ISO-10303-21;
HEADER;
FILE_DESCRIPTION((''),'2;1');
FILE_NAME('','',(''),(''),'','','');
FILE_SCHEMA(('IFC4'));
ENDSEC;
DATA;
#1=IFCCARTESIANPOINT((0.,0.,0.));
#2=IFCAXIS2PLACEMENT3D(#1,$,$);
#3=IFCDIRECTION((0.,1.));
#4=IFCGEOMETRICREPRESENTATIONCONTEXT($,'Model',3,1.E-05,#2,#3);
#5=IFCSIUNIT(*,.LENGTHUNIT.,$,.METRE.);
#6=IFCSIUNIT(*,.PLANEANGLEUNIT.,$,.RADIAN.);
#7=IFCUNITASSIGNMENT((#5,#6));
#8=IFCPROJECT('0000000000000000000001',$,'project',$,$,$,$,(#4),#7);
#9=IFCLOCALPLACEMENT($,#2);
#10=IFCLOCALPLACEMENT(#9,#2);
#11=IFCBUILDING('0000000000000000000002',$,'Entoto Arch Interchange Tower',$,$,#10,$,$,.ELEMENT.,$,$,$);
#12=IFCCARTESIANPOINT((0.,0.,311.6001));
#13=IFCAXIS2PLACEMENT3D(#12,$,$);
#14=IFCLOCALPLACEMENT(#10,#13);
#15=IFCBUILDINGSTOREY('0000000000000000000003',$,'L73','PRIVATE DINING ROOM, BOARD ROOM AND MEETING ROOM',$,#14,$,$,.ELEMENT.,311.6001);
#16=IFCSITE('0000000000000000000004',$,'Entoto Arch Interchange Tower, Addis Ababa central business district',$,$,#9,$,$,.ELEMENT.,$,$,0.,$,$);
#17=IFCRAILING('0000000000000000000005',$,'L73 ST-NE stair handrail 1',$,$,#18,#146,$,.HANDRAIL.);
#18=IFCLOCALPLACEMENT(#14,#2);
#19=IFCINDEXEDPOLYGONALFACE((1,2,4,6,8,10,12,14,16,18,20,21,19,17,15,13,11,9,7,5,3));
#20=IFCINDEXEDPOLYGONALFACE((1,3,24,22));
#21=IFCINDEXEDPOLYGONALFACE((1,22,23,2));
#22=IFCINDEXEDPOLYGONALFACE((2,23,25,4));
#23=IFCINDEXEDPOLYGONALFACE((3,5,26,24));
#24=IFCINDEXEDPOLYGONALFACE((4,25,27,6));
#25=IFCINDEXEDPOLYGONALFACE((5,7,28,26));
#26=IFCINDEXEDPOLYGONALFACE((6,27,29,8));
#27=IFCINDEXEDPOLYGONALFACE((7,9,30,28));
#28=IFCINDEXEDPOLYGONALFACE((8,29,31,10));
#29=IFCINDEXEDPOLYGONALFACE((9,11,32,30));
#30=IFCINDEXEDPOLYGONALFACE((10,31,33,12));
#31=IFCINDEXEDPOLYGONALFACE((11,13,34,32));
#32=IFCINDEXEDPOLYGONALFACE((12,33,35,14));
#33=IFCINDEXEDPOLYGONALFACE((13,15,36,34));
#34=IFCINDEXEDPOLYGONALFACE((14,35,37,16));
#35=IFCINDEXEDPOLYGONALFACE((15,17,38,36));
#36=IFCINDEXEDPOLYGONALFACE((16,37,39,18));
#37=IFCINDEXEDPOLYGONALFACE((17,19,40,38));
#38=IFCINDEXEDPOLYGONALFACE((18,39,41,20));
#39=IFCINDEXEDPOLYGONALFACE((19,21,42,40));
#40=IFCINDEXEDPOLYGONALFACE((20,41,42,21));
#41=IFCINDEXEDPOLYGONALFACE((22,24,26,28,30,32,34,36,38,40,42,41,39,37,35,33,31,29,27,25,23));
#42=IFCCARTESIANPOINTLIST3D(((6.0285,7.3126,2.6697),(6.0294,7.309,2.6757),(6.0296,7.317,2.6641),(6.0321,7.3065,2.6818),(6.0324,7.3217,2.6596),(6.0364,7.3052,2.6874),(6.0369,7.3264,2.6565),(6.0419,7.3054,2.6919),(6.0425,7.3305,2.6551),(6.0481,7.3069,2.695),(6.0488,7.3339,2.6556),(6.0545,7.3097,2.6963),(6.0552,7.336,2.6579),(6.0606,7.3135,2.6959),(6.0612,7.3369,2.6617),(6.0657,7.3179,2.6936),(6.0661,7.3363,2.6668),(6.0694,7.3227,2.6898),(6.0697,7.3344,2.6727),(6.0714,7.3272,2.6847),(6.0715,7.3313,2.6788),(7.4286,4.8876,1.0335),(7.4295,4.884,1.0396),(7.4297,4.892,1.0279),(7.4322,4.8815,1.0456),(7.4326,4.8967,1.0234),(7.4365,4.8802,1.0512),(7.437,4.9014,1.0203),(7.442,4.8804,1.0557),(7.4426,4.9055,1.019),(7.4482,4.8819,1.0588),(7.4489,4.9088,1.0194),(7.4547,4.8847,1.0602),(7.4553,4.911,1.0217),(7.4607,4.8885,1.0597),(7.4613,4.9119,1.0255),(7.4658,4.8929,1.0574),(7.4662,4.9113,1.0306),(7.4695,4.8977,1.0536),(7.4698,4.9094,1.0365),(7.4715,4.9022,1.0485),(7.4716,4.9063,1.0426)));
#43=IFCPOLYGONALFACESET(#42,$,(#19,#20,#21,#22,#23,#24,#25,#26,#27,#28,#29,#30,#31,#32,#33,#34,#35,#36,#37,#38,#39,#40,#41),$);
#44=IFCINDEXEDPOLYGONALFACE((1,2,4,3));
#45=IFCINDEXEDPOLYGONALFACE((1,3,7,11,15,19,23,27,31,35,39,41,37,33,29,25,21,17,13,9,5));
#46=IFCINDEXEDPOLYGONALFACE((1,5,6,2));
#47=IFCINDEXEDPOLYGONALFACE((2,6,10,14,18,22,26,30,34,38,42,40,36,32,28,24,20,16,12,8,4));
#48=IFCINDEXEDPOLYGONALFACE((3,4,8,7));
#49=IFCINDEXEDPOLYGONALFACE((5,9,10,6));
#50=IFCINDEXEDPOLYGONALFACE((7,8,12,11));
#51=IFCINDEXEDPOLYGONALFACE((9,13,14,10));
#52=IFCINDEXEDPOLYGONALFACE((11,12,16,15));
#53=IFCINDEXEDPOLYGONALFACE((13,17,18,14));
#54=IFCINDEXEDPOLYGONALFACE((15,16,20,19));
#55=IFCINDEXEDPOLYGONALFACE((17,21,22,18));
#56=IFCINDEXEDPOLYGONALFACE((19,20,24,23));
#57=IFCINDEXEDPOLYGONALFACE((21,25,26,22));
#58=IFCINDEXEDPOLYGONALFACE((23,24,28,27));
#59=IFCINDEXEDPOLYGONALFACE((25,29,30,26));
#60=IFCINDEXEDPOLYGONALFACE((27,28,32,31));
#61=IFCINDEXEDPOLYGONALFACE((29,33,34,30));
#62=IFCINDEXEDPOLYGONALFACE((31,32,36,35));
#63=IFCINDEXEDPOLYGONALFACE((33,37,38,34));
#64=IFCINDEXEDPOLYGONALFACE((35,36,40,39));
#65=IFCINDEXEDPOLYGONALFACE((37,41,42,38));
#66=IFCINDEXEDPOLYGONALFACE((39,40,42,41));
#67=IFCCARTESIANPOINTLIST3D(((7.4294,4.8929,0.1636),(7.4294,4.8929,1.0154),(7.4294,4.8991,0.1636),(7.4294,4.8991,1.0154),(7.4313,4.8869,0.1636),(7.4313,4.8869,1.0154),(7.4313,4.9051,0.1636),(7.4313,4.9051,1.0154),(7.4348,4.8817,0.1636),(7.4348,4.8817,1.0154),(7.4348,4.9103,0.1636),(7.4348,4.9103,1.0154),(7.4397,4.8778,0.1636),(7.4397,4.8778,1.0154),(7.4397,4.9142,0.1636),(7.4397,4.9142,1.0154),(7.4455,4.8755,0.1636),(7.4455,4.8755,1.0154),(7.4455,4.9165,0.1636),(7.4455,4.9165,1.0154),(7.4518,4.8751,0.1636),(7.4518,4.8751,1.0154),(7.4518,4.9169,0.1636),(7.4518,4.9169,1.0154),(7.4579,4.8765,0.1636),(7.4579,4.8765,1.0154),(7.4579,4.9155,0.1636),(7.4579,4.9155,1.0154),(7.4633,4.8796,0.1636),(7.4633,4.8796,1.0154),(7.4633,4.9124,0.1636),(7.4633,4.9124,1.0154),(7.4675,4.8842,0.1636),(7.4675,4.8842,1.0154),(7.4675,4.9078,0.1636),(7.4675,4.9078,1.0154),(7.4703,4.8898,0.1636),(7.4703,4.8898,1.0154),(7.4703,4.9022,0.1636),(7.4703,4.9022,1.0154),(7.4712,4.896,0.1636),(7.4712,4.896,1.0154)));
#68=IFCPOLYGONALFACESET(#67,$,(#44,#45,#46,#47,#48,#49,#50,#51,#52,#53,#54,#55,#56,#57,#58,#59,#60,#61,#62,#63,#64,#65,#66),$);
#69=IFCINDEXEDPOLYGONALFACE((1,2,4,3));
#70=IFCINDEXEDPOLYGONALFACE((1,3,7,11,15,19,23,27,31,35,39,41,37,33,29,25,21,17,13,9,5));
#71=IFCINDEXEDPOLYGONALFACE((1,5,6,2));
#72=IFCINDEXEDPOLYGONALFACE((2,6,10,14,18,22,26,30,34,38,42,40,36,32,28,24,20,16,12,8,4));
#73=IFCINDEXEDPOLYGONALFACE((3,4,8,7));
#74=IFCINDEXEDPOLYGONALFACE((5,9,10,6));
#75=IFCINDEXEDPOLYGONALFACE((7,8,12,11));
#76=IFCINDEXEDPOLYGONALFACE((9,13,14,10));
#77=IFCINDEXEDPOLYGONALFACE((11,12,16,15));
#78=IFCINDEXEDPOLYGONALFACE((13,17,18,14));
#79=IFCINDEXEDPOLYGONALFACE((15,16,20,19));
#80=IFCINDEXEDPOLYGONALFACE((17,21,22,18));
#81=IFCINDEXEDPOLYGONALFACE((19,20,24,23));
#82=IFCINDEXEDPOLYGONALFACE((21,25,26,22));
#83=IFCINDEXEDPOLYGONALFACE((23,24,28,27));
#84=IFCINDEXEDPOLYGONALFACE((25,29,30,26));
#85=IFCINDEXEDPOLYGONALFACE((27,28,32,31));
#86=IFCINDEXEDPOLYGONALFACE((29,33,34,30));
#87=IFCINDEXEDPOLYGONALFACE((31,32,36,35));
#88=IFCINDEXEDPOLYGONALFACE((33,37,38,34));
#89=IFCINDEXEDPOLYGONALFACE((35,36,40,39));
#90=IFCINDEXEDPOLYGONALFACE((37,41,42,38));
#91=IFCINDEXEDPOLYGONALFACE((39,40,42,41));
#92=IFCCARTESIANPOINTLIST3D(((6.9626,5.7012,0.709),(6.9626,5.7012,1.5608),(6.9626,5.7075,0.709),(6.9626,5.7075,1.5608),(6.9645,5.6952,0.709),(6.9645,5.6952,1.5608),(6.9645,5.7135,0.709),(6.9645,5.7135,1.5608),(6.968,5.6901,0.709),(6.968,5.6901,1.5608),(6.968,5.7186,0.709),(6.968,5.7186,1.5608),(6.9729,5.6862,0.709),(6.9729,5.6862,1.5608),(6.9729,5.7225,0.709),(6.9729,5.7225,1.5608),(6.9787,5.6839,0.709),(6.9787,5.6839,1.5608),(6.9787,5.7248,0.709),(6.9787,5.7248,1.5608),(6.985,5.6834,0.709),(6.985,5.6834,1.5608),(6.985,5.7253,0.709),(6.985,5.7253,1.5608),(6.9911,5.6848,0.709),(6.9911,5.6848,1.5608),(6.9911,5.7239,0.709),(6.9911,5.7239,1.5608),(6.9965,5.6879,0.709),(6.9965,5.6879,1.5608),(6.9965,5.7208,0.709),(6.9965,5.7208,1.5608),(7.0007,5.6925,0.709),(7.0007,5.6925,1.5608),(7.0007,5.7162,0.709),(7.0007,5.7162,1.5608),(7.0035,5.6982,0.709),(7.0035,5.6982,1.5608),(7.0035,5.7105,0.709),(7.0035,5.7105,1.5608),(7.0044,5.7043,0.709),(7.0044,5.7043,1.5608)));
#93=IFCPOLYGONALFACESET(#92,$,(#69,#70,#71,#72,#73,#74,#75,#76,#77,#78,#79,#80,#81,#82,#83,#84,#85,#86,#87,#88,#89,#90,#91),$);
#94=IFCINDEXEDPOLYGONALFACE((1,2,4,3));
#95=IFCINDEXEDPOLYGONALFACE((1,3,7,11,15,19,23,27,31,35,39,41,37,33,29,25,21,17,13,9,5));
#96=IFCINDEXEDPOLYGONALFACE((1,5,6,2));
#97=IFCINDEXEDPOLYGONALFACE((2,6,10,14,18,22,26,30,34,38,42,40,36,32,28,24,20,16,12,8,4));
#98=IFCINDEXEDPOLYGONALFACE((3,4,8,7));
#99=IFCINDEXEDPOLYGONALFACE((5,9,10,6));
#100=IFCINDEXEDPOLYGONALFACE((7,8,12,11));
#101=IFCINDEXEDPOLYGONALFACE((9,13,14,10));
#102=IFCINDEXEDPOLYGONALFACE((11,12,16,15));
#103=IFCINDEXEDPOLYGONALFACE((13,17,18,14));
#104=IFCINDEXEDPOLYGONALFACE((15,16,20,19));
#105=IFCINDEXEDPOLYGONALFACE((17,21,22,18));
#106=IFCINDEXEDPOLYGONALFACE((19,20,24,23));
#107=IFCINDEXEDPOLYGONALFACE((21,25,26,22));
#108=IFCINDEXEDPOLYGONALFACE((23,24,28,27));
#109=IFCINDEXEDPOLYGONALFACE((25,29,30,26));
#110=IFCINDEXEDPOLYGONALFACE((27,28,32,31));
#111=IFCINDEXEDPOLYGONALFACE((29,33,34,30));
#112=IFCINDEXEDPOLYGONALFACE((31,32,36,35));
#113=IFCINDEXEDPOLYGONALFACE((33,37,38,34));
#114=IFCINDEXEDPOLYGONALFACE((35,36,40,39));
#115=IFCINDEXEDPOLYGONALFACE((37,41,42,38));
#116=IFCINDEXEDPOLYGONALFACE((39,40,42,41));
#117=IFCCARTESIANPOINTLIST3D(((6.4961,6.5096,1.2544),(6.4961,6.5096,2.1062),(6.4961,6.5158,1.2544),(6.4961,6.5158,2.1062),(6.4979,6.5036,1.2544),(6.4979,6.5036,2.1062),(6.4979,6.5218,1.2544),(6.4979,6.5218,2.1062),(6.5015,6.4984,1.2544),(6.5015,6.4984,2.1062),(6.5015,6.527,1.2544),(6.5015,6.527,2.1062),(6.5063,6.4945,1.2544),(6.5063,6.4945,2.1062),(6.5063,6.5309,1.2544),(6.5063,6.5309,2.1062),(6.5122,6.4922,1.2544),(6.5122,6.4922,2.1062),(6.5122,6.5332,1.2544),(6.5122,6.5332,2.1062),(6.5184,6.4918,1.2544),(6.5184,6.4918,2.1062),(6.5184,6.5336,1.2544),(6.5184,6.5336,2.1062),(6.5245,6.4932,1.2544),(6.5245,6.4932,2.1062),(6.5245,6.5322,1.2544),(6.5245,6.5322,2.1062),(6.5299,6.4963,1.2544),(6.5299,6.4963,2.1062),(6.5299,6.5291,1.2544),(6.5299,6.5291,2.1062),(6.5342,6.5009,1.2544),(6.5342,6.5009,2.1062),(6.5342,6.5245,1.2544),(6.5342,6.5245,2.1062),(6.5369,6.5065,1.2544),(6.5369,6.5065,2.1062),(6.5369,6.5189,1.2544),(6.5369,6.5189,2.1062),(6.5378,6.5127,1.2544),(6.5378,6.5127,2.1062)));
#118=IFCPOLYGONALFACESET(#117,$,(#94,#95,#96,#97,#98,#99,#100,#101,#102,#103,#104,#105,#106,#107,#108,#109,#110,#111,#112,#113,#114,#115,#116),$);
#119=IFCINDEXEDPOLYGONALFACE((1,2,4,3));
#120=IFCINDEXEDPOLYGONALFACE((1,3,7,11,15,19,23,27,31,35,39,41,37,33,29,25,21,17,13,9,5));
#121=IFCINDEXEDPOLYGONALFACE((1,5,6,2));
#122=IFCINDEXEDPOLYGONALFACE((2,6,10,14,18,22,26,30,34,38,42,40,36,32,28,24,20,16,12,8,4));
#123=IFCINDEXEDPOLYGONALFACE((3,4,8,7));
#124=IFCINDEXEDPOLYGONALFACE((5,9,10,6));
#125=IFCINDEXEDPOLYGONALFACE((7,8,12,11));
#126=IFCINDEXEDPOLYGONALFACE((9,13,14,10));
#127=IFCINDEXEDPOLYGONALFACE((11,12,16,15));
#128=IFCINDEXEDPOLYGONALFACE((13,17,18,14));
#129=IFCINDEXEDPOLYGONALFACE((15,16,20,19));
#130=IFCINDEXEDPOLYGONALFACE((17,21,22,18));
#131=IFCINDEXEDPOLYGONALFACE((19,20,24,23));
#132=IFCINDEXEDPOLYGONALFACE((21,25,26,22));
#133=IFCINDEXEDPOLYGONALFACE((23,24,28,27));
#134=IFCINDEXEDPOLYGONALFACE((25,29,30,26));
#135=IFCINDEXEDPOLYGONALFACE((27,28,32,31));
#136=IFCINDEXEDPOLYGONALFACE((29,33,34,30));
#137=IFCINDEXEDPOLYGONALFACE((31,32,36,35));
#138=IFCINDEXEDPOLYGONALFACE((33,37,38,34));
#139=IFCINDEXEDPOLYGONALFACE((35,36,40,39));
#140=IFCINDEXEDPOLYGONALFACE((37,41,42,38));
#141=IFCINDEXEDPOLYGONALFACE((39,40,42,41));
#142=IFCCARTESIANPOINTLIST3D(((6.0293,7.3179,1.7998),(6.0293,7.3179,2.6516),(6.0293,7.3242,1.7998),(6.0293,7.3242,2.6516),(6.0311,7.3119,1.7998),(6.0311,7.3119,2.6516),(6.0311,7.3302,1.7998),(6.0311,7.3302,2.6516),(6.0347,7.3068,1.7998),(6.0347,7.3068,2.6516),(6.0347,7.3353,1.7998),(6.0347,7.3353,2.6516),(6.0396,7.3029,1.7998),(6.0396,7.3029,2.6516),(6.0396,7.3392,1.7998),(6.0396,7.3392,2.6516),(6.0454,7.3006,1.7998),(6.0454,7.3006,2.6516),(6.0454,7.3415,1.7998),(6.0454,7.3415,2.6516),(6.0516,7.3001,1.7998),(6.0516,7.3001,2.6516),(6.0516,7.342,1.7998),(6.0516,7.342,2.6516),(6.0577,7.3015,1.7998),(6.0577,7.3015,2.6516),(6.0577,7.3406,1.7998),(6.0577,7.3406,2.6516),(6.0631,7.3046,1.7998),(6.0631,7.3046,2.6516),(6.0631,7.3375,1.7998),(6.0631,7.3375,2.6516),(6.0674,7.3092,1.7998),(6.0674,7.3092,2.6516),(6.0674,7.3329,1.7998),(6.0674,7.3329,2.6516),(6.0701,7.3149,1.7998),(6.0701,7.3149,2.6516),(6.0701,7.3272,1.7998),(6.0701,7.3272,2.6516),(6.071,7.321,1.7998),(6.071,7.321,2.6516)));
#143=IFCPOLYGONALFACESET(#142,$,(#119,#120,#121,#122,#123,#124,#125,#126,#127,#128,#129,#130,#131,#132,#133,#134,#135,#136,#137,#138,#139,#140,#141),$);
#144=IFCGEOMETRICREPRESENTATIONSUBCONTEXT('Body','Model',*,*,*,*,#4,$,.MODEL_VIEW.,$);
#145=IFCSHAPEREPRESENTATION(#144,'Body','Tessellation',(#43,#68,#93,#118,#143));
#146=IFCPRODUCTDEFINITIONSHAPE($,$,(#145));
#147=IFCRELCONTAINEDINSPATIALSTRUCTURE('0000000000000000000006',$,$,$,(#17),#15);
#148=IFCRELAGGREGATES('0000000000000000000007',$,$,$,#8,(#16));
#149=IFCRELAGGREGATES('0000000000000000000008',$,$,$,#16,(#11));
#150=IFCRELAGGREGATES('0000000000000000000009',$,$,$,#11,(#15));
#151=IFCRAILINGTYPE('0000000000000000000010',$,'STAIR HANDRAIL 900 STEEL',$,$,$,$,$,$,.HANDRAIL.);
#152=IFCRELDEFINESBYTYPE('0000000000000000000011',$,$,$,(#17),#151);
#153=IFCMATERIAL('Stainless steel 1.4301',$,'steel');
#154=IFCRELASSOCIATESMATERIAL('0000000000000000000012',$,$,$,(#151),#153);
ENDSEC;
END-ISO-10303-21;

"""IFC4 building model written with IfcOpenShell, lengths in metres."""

from ifc_helpers import new_model, si_unit, direction, frame, origin, origin_2d, place, context, subcontext, project, spatial, circle, extrude, material, type_object, element, save


model = new_model("IFC4")

# Units and contexts
model_context = context("Model", 3, precision=1e-05, world=origin(), true_north=direction((0.0, 1.0)))
body_context = subcontext(model_context, "Body", "Model", "MODEL_VIEW")
ifc_project = project(units=[si_unit("LENGTHUNIT", "METRE"), si_unit("PLANEANGLEUNIT", "RADIAN")], contexts=[model_context])

# Site, building, storey
site_placement = place(None, origin())
site = spatial("IfcSite", under=ifc_project, at=site_placement, Name="Entoto Arch Interchange Tower, Addis Ababa central business district", CompositionType="ELEMENT", RefElevation=0.0)
building_placement = place(site_placement, origin())
building = spatial("IfcBuilding", under=site, at=building_placement, Name="Entoto Arch Interchange Tower", CompositionType="ELEMENT")
storey_placement = place(building_placement, frame((0.0, 0.0, 311.6001)))
storey = spatial("IfcBuildingStorey", under=building, at=storey_placement, Name="L73", Description="PRIVATE DINING ROOM, BOARD ROOM AND MEETING ROOM", CompositionType="ELEMENT", Elevation=311.6001)

# Railing
ifc_material_1 = material(Name="Stainless steel 1.4301", Category="steel")
railing_type_1 = type_object("IfcRailingType", Name="STAIR HANDRAIL 900 STEEL", PredefinedType="HANDRAIL", material=ifc_material_1)
railing_1_placement = place(storey_placement, frame((7.4502, 4.896, 0.1636)))
element("IfcRailing", 1, at=railing_1_placement, inside=storey, type_object=railing_type_1, Name="L73 ST-NE stair handrail 1", PredefinedType="HANDRAIL", context=body_context, shape_type="SweptSolid", body=[
    extrude(circle(Radius=0.0239, at=origin_2d()), frame((0.0, 0.0, 0.876), z_axis=(-0.431714, 0.747727, 0.504507), x_axis=(-0.866019, -0.500012, 0.0)), (0.0, 0.0, 1.0), 3.2432),
    extrude(circle(Radius=0.021, at=origin_2d()), origin(), (0.0, 0.0, 1.0), 0.8518),
    extrude(circle(Radius=0.021, at=origin_2d()), frame((-0.4668, 0.8083, 0.5454)), (0.0, 0.0, 1.0), 0.8518),
    extrude(circle(Radius=0.021, at=origin_2d()), frame((-0.9333, 1.6167, 1.0908)), (0.0, 0.0, 1.0), 0.8518),
    extrude(circle(Radius=0.021, at=origin_2d()), frame((-1.4001, 2.425, 1.6362)), (0.0, 0.0, 1.0), 0.8518),
])

save(model, "model.ifc")
